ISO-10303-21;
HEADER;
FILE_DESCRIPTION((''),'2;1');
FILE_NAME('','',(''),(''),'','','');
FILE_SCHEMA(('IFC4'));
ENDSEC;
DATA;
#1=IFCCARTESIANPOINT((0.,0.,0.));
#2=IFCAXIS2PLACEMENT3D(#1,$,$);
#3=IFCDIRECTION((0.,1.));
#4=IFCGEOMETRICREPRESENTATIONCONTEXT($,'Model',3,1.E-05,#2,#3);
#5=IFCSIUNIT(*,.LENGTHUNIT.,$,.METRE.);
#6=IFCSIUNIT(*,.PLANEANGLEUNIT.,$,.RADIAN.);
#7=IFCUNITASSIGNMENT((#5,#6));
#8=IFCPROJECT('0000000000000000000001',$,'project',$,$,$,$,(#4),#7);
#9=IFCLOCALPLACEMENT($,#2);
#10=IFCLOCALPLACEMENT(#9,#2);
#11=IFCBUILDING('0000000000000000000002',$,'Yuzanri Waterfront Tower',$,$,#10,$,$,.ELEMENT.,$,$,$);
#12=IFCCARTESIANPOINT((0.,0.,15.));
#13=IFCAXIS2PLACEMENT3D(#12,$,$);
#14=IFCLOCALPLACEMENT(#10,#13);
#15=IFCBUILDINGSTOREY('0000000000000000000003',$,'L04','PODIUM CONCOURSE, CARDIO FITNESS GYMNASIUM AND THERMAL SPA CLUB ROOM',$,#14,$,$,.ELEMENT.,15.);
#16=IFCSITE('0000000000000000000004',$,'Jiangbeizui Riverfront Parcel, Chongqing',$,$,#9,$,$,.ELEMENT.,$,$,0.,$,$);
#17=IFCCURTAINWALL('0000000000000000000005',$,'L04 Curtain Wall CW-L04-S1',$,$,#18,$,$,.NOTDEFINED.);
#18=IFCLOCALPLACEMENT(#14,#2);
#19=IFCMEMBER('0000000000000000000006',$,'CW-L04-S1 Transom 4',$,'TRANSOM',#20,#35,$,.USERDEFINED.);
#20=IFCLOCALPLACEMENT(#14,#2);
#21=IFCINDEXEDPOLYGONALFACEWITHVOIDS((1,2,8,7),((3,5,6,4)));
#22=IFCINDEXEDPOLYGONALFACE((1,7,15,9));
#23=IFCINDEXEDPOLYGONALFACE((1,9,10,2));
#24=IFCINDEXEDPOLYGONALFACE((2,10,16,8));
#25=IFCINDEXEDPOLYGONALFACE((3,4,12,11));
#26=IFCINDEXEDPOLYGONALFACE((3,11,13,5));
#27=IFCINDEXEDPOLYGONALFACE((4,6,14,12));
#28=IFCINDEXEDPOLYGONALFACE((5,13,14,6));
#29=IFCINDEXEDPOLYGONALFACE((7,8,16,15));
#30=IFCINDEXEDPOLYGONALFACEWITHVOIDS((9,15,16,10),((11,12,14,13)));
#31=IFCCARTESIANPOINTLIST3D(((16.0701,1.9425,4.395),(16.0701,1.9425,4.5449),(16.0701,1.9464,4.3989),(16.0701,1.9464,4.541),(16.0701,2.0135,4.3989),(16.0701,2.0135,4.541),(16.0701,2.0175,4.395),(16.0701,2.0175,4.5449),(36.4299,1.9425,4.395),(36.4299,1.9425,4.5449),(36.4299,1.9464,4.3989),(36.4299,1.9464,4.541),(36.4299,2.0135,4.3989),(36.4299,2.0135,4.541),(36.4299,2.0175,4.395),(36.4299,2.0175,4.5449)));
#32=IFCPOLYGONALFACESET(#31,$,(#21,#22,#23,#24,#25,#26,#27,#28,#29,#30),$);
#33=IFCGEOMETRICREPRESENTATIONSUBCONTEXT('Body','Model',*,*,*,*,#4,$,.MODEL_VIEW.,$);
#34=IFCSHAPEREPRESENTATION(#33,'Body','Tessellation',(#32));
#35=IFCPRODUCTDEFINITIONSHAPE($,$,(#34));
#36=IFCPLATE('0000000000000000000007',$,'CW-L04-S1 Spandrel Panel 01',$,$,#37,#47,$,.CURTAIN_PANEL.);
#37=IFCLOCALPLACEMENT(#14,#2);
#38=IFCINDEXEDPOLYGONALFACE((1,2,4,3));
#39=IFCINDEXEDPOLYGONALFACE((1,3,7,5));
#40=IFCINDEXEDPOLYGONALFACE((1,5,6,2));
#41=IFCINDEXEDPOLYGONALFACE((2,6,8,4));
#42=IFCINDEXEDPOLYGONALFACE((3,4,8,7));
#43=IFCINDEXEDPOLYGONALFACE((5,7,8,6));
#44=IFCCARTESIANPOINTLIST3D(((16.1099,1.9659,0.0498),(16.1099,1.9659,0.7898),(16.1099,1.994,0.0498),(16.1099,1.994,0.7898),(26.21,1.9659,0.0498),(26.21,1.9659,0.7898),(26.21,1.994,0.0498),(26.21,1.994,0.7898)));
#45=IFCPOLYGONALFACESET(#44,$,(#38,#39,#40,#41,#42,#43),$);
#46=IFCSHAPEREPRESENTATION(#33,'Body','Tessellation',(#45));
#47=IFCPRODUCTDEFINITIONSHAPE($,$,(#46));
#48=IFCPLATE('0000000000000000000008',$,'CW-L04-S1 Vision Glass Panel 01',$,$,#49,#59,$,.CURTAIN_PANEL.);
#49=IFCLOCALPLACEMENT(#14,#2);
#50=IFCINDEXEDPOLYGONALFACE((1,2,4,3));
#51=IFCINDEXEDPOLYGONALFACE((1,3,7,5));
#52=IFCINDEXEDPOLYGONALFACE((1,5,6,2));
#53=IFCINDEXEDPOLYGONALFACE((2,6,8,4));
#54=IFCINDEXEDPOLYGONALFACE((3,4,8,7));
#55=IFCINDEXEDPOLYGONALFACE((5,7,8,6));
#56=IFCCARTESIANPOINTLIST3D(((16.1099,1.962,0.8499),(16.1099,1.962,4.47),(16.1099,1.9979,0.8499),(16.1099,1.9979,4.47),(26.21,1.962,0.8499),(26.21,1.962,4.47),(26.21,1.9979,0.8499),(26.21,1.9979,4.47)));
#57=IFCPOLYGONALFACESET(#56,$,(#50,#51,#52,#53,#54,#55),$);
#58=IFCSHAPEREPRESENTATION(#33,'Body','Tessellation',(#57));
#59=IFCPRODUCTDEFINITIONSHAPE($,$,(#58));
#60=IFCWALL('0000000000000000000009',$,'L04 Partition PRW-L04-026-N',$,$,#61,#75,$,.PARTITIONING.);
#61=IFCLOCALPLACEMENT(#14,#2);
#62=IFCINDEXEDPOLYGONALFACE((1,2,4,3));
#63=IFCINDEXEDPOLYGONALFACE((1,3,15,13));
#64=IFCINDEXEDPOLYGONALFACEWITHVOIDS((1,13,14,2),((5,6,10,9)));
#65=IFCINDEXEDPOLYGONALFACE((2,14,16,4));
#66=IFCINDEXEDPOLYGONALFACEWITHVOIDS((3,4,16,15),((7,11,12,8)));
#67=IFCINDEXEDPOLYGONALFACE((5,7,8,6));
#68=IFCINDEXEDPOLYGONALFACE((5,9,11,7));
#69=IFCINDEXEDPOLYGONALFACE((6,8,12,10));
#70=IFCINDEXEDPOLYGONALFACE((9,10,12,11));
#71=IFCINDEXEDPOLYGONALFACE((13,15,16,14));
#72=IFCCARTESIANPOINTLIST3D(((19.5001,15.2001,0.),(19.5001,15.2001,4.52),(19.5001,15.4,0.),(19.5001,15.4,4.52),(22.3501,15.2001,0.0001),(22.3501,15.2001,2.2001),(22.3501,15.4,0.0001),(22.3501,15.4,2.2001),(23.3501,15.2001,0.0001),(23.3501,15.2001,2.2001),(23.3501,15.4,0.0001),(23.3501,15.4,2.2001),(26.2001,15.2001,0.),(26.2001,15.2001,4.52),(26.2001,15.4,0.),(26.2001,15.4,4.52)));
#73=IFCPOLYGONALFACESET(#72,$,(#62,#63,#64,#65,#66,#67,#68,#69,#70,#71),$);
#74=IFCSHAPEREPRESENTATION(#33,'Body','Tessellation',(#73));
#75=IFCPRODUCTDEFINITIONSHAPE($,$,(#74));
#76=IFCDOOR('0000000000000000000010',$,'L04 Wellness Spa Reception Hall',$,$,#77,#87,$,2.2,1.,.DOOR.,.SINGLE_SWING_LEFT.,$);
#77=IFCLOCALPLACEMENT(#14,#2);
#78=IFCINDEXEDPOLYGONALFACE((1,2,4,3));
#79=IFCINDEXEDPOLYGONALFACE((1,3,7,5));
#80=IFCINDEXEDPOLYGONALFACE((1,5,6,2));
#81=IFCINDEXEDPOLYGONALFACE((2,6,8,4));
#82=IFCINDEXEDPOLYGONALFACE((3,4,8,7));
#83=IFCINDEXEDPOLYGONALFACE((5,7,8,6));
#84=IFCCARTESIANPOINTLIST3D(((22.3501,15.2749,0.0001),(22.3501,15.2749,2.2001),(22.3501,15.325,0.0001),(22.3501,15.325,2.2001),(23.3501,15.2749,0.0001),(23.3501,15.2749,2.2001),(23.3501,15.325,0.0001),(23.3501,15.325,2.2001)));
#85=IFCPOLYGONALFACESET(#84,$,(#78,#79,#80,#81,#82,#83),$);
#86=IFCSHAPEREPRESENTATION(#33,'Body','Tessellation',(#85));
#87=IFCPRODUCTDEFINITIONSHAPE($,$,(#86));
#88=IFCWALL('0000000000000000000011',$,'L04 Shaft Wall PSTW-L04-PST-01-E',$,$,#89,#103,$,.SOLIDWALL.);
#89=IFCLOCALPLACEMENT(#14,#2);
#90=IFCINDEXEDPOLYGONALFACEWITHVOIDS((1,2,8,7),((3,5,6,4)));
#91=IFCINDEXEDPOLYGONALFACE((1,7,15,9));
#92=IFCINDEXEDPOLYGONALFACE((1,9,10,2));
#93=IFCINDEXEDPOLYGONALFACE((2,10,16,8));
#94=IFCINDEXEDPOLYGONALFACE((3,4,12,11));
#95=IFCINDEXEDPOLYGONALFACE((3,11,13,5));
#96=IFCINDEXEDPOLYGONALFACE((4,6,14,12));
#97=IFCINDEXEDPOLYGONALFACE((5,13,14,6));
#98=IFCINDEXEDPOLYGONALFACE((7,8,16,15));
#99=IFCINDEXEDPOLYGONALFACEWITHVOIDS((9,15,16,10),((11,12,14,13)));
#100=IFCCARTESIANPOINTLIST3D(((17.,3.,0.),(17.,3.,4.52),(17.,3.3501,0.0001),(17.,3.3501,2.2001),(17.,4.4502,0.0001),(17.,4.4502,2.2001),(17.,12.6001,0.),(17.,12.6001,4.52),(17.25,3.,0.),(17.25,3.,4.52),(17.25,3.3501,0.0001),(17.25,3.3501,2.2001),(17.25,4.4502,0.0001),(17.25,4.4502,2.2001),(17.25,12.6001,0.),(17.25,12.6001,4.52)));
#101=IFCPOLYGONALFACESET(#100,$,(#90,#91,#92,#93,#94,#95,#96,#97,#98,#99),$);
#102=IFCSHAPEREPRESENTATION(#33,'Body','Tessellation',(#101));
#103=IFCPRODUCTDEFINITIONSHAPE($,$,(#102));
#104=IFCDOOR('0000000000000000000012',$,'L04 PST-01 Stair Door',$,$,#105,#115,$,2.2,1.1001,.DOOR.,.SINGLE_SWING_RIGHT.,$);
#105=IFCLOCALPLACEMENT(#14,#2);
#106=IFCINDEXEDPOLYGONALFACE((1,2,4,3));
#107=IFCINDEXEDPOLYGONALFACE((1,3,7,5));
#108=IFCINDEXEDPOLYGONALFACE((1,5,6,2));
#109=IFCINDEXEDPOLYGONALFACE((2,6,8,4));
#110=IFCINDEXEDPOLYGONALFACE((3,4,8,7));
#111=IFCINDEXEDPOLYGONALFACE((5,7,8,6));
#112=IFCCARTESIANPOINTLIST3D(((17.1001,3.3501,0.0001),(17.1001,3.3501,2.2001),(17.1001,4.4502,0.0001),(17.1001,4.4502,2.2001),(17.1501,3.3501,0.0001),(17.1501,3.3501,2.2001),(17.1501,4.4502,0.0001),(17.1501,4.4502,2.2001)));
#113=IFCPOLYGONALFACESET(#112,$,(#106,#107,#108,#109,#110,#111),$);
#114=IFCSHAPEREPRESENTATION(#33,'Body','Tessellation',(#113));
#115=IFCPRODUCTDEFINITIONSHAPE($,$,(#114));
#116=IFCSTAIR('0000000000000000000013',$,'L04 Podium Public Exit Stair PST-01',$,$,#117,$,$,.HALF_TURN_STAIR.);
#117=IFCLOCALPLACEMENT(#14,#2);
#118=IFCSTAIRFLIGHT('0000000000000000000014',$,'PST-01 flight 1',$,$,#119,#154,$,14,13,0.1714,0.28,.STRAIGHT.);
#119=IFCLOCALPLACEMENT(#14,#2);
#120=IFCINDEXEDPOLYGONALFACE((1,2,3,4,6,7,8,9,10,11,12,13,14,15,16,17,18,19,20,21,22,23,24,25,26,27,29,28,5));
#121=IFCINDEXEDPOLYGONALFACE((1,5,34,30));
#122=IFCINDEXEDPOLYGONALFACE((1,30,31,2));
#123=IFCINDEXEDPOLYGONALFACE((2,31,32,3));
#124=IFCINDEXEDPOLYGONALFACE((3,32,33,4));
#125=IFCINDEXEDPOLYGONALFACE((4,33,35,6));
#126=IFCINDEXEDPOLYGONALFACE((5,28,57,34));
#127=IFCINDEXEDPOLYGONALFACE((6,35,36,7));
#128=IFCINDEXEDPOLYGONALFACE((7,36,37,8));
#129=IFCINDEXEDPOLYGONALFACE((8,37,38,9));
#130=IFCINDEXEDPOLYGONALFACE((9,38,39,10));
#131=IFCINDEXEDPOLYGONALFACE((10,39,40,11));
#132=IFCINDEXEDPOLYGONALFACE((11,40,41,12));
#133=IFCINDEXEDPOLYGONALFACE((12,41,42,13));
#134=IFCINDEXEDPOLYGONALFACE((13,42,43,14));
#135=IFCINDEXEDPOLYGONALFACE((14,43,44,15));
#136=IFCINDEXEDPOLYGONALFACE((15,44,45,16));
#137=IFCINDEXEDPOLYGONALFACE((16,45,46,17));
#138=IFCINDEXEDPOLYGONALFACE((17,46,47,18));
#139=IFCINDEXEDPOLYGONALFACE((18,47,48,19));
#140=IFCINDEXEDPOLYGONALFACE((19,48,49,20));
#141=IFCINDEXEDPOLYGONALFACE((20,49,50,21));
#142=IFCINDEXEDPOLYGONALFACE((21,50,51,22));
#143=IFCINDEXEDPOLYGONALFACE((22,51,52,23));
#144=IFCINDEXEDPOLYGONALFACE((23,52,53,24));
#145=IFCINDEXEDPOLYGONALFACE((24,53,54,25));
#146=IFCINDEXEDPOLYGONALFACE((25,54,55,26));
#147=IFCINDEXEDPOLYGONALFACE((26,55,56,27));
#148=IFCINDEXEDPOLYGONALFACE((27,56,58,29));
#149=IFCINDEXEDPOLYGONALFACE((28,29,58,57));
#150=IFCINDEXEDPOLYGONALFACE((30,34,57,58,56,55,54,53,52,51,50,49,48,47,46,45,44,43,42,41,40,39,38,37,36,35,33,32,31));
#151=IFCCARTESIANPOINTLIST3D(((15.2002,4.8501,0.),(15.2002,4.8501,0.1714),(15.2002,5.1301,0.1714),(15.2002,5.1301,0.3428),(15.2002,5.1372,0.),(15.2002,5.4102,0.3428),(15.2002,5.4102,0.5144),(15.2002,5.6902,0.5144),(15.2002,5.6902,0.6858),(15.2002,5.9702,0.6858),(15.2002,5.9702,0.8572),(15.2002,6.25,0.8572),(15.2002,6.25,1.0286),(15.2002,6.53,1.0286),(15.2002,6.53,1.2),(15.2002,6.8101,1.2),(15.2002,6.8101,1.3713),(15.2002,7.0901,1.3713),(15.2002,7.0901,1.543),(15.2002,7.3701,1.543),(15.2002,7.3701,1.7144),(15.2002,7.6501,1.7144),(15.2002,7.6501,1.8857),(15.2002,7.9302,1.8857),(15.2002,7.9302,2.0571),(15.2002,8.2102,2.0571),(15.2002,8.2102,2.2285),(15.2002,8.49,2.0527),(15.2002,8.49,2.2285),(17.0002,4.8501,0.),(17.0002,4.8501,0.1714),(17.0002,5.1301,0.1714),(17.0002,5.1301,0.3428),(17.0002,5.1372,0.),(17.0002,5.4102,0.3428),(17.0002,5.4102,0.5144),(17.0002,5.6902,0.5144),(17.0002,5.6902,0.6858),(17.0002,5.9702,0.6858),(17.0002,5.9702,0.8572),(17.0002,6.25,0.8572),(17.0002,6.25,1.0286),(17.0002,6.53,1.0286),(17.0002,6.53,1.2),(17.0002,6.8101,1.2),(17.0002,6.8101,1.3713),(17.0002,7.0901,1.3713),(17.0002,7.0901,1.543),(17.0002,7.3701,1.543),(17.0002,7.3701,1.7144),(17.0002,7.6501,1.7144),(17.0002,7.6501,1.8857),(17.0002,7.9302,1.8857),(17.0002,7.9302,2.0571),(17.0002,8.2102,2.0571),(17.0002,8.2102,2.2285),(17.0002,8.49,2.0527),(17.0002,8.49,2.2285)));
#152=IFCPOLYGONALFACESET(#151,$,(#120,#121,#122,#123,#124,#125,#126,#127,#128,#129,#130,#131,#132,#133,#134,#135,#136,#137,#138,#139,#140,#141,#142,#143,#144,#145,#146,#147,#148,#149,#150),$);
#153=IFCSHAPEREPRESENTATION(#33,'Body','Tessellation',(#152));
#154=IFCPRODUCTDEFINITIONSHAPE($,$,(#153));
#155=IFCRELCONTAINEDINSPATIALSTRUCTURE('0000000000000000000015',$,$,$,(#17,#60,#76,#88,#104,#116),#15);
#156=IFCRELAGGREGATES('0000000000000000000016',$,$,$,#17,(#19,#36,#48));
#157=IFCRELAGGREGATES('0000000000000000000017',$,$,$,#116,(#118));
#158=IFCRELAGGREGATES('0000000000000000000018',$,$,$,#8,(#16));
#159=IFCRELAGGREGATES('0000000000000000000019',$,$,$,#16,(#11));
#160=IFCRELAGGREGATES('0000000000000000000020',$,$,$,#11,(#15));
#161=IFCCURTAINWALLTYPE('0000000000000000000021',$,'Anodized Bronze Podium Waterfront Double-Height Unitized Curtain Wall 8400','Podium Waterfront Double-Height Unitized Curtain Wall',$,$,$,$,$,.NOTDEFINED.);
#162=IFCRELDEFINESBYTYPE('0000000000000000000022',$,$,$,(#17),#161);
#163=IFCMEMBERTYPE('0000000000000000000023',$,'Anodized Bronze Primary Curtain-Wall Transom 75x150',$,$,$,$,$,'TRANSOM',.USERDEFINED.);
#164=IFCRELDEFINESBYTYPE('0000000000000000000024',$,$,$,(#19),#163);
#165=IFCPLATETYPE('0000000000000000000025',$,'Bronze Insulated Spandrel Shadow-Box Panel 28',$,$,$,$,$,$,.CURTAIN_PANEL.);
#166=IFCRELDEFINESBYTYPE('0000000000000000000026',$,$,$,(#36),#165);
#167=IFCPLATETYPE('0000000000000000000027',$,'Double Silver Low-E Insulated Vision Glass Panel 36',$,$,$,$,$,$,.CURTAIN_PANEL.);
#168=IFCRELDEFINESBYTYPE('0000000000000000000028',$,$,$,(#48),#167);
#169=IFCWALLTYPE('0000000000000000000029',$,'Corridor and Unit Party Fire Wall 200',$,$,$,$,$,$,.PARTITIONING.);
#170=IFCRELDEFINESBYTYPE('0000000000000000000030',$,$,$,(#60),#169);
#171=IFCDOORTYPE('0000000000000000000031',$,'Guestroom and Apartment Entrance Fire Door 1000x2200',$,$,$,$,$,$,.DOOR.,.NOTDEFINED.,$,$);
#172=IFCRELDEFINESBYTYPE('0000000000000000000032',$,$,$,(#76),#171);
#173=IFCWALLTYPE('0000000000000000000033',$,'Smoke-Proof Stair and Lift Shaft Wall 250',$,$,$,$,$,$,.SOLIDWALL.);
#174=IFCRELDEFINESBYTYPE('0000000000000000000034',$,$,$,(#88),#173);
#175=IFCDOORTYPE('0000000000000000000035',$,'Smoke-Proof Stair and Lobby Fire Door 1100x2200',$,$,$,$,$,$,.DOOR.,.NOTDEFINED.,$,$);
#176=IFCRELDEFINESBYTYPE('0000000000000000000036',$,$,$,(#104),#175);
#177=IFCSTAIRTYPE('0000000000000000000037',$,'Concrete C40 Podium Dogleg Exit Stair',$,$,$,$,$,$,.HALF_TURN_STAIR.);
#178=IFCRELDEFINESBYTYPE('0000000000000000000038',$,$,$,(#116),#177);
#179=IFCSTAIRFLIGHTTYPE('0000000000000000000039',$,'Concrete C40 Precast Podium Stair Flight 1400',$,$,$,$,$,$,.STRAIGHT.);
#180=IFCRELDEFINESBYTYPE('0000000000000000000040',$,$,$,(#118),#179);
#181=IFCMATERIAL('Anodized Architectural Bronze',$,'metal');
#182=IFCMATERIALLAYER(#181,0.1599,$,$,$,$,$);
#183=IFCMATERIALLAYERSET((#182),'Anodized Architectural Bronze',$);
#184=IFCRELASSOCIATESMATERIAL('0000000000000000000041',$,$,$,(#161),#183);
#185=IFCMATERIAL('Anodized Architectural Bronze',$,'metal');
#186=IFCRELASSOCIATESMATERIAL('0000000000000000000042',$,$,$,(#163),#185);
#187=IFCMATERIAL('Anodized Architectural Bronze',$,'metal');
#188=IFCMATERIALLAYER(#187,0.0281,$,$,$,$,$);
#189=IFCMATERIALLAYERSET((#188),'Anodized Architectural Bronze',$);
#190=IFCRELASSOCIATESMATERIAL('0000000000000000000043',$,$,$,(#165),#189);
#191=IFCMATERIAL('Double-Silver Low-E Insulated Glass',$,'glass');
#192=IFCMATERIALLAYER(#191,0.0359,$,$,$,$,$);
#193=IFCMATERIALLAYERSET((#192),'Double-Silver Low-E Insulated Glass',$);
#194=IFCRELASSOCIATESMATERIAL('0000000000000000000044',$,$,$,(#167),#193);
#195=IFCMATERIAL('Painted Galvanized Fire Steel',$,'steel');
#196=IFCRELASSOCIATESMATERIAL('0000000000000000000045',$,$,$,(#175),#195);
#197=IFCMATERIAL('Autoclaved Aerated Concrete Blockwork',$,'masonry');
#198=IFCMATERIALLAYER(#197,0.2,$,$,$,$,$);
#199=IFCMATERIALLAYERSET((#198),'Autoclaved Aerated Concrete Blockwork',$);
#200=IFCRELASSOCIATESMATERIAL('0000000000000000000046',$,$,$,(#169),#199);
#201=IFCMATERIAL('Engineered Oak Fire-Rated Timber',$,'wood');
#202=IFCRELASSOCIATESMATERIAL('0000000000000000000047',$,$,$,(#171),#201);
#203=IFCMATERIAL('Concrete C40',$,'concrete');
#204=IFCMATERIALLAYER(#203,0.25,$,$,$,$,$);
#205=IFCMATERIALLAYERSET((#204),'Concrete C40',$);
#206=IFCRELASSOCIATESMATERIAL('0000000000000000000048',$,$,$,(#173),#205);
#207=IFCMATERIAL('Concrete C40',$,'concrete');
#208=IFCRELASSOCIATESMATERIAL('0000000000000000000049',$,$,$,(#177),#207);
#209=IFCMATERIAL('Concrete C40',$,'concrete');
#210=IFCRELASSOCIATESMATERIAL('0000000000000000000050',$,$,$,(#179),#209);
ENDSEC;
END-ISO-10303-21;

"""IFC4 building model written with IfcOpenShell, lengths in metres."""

from ifc_helpers import new_model, si_unit, direction, frame, frame_2d, origin, origin_2d, place, context, subcontext, project, spatial, polyline, rectangle, hollow_rectangle, outline, extrude, source, transform, mapped, material, layer, layer_set, material_profile, profile_set, type_object, element, fill, aggregate, save


model = new_model("IFC4")

# Units and contexts
model_context = context("Model", 3, precision=1e-05, world=origin(), true_north=direction((0.0, 1.0)))
body_context = subcontext(model_context, "Body", "Model", "MODEL_VIEW")
ifc_project = project(units=[si_unit("LENGTHUNIT", "METRE"), si_unit("PLANEANGLEUNIT", "RADIAN")], contexts=[model_context])

# Site, building, storey
site_placement = place(None, origin())
site = spatial("IfcSite", under=ifc_project, at=site_placement, Name="Jiangbeizui Riverfront Parcel, Chongqing", CompositionType="ELEMENT", RefElevation=0.0)
building_placement = place(site_placement, origin())
building = spatial("IfcBuilding", under=site, at=building_placement, Name="Yuzanri Waterfront Tower", CompositionType="ELEMENT")
storey_placement = place(building_placement, frame((0.0, 0.0, 15.0)))
storey = spatial("IfcBuildingStorey", under=building, at=storey_placement, Name="L04", Description="PODIUM CONCOURSE, CARDIO FITNESS GYMNASIUM AND THERMAL SPA CLUB ROOM", CompositionType="ELEMENT", Elevation=15.0)

# Curtain wall, member, plates
ifc_material_1 = material(Name="Anodized Architectural Bronze", Category="metal")
ifc_layer_1 = layer(ifc_material_1, 0.1599)
ifc_layer_set_1 = layer_set([ifc_layer_1], Name="Anodized Architectural Bronze")
curtain_wall_type = type_object("IfcCurtainWallType", Name="Anodized Bronze Podium Waterfront Double-Height Unitized Curtain Wall 8400", Description="Podium Waterfront Double-Height Unitized Curtain Wall", PredefinedType="NOTDEFINED", material=ifc_layer_set_1)
curtain_wall_placement = place(storey_placement, origin())
curtain_wall = element("IfcCurtainWall", 1, at=curtain_wall_placement, inside=storey, type_object=curtain_wall_type, Name="L04 Curtain Wall CW-L04-S1", PredefinedType="NOTDEFINED")
ifc_material_2 = material(Name="Anodized Architectural Bronze", Category="metal")
ifc_material_profile_1 = material_profile(ifc_material_2, hollow_rectangle(XDim=0.075, YDim=0.1499, WallThickness=0.0039, at=origin_2d()), Name="CWT 75x150")
ifc_profile_set_1 = profile_set([ifc_material_profile_1], Name="Anodized Architectural Bronze")
member_type_1 = type_object("IfcMemberType", Name="Anodized Bronze Primary Curtain-Wall Transom 75x150", ElementType="TRANSOM", PredefinedType="USERDEFINED", material=ifc_profile_set_1)
shared_shape_1 = source(origin(), body_context, "Body", "SweptSolid", [
    extrude(hollow_rectangle(XDim=0.075, YDim=0.1499, WallThickness=0.0039, at=origin_2d()), origin(), (0.0, 0.0, 1.0), 20.3599),
])
member_1_placement = place(storey_placement, frame((16.0701, 1.98, 4.47), z_axis=(1.0, 0.0, 0.0), x_axis=(0.0, 1.0, 0.0)))
member_1 = element("IfcMember", 2, at=member_1_placement, type_object=member_type_1, Name="CW-L04-S1 Transom 4", ObjectType="TRANSOM", PredefinedType="USERDEFINED", context=body_context, shape_type="MappedRepresentation", body=[
    mapped(shared_shape_1, transform((0.0, 0.0, 0.0), scale=1.0)),
])
ifc_material_3 = material(Name="Anodized Architectural Bronze", Category="metal")
ifc_layer_2 = layer(ifc_material_3, 0.0281)
ifc_layer_set_2 = layer_set([ifc_layer_2], Name="Anodized Architectural Bronze")
plate_type_1 = type_object("IfcPlateType", Name="Bronze Insulated Spandrel Shadow-Box Panel 28", PredefinedType="CURTAIN_PANEL", material=ifc_layer_set_2)
shared_shape_2 = source(origin(), body_context, "Body", "SweptSolid", [
    extrude(rectangle(XDim=10.1001, YDim=0.0281, at=origin_2d()), origin(), (0.0, 0.0, 1.0), 0.74),
])
plate_1_placement = place(storey_placement, frame((21.1599, 1.98, 0.0498), z_axis=(0.0, 0.0, 1.0), x_axis=(1.0, 0.0, 0.0)))
plate_1 = element("IfcPlate", 3, at=plate_1_placement, type_object=plate_type_1, Name="CW-L04-S1 Spandrel Panel 01", PredefinedType="CURTAIN_PANEL", context=body_context, shape_type="MappedRepresentation", body=[
    mapped(shared_shape_2, transform((0.0, 0.0, 0.0), scale=1.0)),
])
ifc_material_4 = material(Name="Double-Silver Low-E Insulated Glass", Category="glass")
ifc_layer_3 = layer(ifc_material_4, 0.0359)
ifc_layer_set_3 = layer_set([ifc_layer_3], Name="Double-Silver Low-E Insulated Glass")
plate_type_2 = type_object("IfcPlateType", Name="Double Silver Low-E Insulated Vision Glass Panel 36", PredefinedType="CURTAIN_PANEL", material=ifc_layer_set_3)
shared_shape_3 = source(origin(), body_context, "Body", "SweptSolid", [
    extrude(rectangle(XDim=10.1001, YDim=0.0359, at=origin_2d()), origin(), (0.0, 0.0, 1.0), 3.6201),
])
plate_2_placement = place(storey_placement, frame((21.1599, 1.98, 0.8499), z_axis=(0.0, 0.0, 1.0), x_axis=(1.0, 0.0, 0.0)))
plate_2 = element("IfcPlate", 4, at=plate_2_placement, type_object=plate_type_2, Name="CW-L04-S1 Vision Glass Panel 01", PredefinedType="CURTAIN_PANEL", context=body_context, shape_type="MappedRepresentation", body=[
    mapped(shared_shape_3, transform((0.0, 0.0, 0.0), scale=1.0)),
])
aggregate(curtain_wall, [member_1, plate_1, plate_2])

# Shared definitions
ifc_material_5 = material(Name="Painted Galvanized Fire Steel", Category="steel")
door_type_1 = type_object("IfcDoorType", Name="Smoke-Proof Stair and Lobby Fire Door 1100x2200", OperationType="NOTDEFINED", PredefinedType="DOOR", material=ifc_material_5)
shared_shape_4 = source(origin(), body_context, "Body", "SweptSolid", [
    extrude(rectangle(XDim=1.1001, YDim=2.2, at=frame_2d((0.55, 1.1001))), frame((0.0, 0.0249, 0.0), z_axis=(0.0, -1.0, 0.0), x_axis=(1.0, 0.0, 0.0)), (0.0, 0.0, 1.0), 0.05),
])

# Walls, openings, doors
ifc_material_6 = material(Name="Autoclaved Aerated Concrete Blockwork", Category="masonry")
ifc_layer_4 = layer(ifc_material_6, 0.2)
ifc_layer_set_4 = layer_set([ifc_layer_4], Name="Autoclaved Aerated Concrete Blockwork")
wall_type_1 = type_object("IfcWallType", Name="Corridor and Unit Party Fire Wall 200", PredefinedType="PARTITIONING", material=ifc_layer_set_4)
wall_1_placement = place(storey_placement, frame((19.5, 15.3, 0.0), z_axis=(0.0, 0.0, 1.0), x_axis=(1.0, 0.0, 0.0)))
wall_1 = element("IfcWall", 5, at=wall_1_placement, inside=storey, type_object=wall_type_1, Name="L04 Partition PRW-L04-026-N", PredefinedType="PARTITIONING", context=body_context, shape_type="SweptSolid", body=[
    extrude(rectangle(XDim=6.7, YDim=0.2, at=frame_2d((3.3501, 0.0))), origin(), (0.0, 0.0, 1.0), 4.52),
])
opening_1_placement = place(wall_1_placement, frame((2.8501, 0.0, 0.0)))
opening_1 = element("IfcOpeningElement", 6, at=opening_1_placement, cuts=wall_1, PredefinedType="OPENING", context=body_context, shape_type="SweptSolid", body=[
    extrude(rectangle(XDim=1.0, YDim=2.2, at=frame_2d((0.5, 1.1001))), frame((0.0, 0.1147, 0.0), z_axis=(0.0, -1.0, 0.0), x_axis=(1.0, 0.0, 0.0)), (0.0, 0.0, 1.0), 0.2297),
])
ifc_material_7 = material(Name="Engineered Oak Fire-Rated Timber", Category="wood")
door_type_2 = type_object("IfcDoorType", Name="Guestroom and Apartment Entrance Fire Door 1000x2200", OperationType="NOTDEFINED", PredefinedType="DOOR", material=ifc_material_7)
shared_shape_5 = source(origin(), body_context, "Body", "SweptSolid", [
    extrude(rectangle(XDim=1.0, YDim=2.2, at=frame_2d((0.5, 1.1001))), frame((0.0, 0.0249, 0.0), z_axis=(0.0, -1.0, 0.0), x_axis=(1.0, 0.0, 0.0)), (0.0, 0.0, 1.0), 0.05),
])
door_1_placement = place(opening_1_placement, origin())
door_1 = element("IfcDoor", 7, at=door_1_placement, inside=storey, type_object=door_type_2, Name="L04 Wellness Spa Reception Hall", OperationType="SINGLE_SWING_LEFT", OverallHeight=2.2, OverallWidth=1.0, PredefinedType="DOOR", context=body_context, shape_type="MappedRepresentation", body=[
    mapped(shared_shape_5, transform((0.0, 0.0, 0.0), scale=1.0)),
])
fill(opening_1, door_1)
ifc_material_8 = material(Name="Concrete C40", Category="concrete")
ifc_layer_5 = layer(ifc_material_8, 0.25)
ifc_layer_set_5 = layer_set([ifc_layer_5], Name="Concrete C40")
wall_type_2 = type_object("IfcWallType", Name="Smoke-Proof Stair and Lift Shaft Wall 250", PredefinedType="SOLIDWALL", material=ifc_layer_set_5)
wall_2_placement = place(storey_placement, frame((17.125, 3.0, 0.0), z_axis=(0.0, 0.0, 1.0), x_axis=(0.0, 1.0, 0.0)))
wall_2 = element("IfcWall", 8, at=wall_2_placement, inside=storey, type_object=wall_type_2, Name="L04 Shaft Wall PSTW-L04-PST-01-E", PredefinedType="SOLIDWALL", context=body_context, shape_type="SweptSolid", body=[
    extrude(rectangle(XDim=9.6001, YDim=0.25, at=frame_2d((4.8, 0.0))), origin(), (0.0, 0.0, 1.0), 4.52),
])
opening_2_placement = place(wall_2_placement, frame((0.3501, 0.0, 0.0)))
opening_2 = element("IfcOpeningElement", 9, at=opening_2_placement, cuts=wall_2, PredefinedType="OPENING", context=body_context, shape_type="SweptSolid", body=[
    extrude(rectangle(XDim=1.1001, YDim=2.2, at=frame_2d((0.55, 1.1001))), frame((0.0, 0.1399, 0.0), z_axis=(0.0, -1.0, 0.0), x_axis=(1.0, 0.0, 0.0)), (0.0, 0.0, 1.0), 0.2798),
])
door_2_placement = place(opening_2_placement, origin())
door_2 = element("IfcDoor", 10, at=door_2_placement, inside=storey, type_object=door_type_1, Name="L04 PST-01 Stair Door", OperationType="SINGLE_SWING_RIGHT", OverallHeight=2.2, OverallWidth=1.1001, PredefinedType="DOOR", context=body_context, shape_type="MappedRepresentation", body=[
    mapped(shared_shape_4, transform((0.0, 0.0, 0.0), scale=1.0)),
])
fill(opening_2, door_2)

# Stair, stair flight
ifc_material_9 = material(Name="Concrete C40", Category="concrete")
stair_type = type_object("IfcStairType", Name="Concrete C40 Podium Dogleg Exit Stair", PredefinedType="HALF_TURN_STAIR", material=ifc_material_9)
stair_placement = place(storey_placement, origin())
stair = element("IfcStair", 11, at=stair_placement, inside=storey, type_object=stair_type, Name="L04 Podium Public Exit Stair PST-01", PredefinedType="HALF_TURN_STAIR")
ifc_material_10 = material(Name="Concrete C40", Category="concrete")
stair_flight_type = type_object("IfcStairFlightType", Name="Concrete C40 Precast Podium Stair Flight 1400", PredefinedType="STRAIGHT", material=ifc_material_10)
shared_shape_6 = source(origin(), body_context, "Body", "SweptSolid", [
    extrude(outline(polyline([(0.0, 0.0), (0.0, 0.1714), (0.28, 0.1714), (0.28, 0.3428), (0.5601, 0.3428), (0.5601, 0.5144), (0.8401, 0.5144), (0.8401, 0.6858), (1.1201, 0.6858), (1.1201, 0.8572), (1.3999, 0.8572), (1.3999, 1.0286), (1.6799, 1.0286), (1.6799, 1.2), (1.96, 1.2), (1.96, 1.3713), (2.24, 1.3713), (2.24, 1.543), (2.52, 1.543), (2.52, 1.7144), (2.8, 1.7144), (2.8, 1.8857), (3.0801, 1.8857), (3.0801, 2.0571), (3.3601, 2.0571), (3.3601, 2.2285), (3.6399, 2.2285), (3.6399, 2.3999), (3.6399, 2.0527), (0.2871, 0.0), (0.0, 0.0)])), frame((0.0, 0.8999, 0.0), z_axis=(0.0, -1.0, 0.0), x_axis=(1.0, 0.0, 0.0)), (0.0, 0.0, 1.0), 1.8),
])
stair_flight_placement = place(storey_placement, frame((16.1001, 4.8501, 0.0), z_axis=(0.0, 0.0, 1.0), x_axis=(0.0, 1.0, 0.0)))
stair_flight = element("IfcStairFlight", 12, at=stair_flight_placement, type_object=stair_flight_type, Name="PST-01 flight 1", NumberOfRisers=14, NumberOfTreads=13, PredefinedType="STRAIGHT", RiserHeight=0.1714, TreadLength=0.28, context=body_context, shape_type="MappedRepresentation", body=[
    mapped(shared_shape_6, transform((0.0, 0.0, 0.0), scale=1.0)),
])
aggregate(stair, [stair_flight])

save(model, "model.ifc")
